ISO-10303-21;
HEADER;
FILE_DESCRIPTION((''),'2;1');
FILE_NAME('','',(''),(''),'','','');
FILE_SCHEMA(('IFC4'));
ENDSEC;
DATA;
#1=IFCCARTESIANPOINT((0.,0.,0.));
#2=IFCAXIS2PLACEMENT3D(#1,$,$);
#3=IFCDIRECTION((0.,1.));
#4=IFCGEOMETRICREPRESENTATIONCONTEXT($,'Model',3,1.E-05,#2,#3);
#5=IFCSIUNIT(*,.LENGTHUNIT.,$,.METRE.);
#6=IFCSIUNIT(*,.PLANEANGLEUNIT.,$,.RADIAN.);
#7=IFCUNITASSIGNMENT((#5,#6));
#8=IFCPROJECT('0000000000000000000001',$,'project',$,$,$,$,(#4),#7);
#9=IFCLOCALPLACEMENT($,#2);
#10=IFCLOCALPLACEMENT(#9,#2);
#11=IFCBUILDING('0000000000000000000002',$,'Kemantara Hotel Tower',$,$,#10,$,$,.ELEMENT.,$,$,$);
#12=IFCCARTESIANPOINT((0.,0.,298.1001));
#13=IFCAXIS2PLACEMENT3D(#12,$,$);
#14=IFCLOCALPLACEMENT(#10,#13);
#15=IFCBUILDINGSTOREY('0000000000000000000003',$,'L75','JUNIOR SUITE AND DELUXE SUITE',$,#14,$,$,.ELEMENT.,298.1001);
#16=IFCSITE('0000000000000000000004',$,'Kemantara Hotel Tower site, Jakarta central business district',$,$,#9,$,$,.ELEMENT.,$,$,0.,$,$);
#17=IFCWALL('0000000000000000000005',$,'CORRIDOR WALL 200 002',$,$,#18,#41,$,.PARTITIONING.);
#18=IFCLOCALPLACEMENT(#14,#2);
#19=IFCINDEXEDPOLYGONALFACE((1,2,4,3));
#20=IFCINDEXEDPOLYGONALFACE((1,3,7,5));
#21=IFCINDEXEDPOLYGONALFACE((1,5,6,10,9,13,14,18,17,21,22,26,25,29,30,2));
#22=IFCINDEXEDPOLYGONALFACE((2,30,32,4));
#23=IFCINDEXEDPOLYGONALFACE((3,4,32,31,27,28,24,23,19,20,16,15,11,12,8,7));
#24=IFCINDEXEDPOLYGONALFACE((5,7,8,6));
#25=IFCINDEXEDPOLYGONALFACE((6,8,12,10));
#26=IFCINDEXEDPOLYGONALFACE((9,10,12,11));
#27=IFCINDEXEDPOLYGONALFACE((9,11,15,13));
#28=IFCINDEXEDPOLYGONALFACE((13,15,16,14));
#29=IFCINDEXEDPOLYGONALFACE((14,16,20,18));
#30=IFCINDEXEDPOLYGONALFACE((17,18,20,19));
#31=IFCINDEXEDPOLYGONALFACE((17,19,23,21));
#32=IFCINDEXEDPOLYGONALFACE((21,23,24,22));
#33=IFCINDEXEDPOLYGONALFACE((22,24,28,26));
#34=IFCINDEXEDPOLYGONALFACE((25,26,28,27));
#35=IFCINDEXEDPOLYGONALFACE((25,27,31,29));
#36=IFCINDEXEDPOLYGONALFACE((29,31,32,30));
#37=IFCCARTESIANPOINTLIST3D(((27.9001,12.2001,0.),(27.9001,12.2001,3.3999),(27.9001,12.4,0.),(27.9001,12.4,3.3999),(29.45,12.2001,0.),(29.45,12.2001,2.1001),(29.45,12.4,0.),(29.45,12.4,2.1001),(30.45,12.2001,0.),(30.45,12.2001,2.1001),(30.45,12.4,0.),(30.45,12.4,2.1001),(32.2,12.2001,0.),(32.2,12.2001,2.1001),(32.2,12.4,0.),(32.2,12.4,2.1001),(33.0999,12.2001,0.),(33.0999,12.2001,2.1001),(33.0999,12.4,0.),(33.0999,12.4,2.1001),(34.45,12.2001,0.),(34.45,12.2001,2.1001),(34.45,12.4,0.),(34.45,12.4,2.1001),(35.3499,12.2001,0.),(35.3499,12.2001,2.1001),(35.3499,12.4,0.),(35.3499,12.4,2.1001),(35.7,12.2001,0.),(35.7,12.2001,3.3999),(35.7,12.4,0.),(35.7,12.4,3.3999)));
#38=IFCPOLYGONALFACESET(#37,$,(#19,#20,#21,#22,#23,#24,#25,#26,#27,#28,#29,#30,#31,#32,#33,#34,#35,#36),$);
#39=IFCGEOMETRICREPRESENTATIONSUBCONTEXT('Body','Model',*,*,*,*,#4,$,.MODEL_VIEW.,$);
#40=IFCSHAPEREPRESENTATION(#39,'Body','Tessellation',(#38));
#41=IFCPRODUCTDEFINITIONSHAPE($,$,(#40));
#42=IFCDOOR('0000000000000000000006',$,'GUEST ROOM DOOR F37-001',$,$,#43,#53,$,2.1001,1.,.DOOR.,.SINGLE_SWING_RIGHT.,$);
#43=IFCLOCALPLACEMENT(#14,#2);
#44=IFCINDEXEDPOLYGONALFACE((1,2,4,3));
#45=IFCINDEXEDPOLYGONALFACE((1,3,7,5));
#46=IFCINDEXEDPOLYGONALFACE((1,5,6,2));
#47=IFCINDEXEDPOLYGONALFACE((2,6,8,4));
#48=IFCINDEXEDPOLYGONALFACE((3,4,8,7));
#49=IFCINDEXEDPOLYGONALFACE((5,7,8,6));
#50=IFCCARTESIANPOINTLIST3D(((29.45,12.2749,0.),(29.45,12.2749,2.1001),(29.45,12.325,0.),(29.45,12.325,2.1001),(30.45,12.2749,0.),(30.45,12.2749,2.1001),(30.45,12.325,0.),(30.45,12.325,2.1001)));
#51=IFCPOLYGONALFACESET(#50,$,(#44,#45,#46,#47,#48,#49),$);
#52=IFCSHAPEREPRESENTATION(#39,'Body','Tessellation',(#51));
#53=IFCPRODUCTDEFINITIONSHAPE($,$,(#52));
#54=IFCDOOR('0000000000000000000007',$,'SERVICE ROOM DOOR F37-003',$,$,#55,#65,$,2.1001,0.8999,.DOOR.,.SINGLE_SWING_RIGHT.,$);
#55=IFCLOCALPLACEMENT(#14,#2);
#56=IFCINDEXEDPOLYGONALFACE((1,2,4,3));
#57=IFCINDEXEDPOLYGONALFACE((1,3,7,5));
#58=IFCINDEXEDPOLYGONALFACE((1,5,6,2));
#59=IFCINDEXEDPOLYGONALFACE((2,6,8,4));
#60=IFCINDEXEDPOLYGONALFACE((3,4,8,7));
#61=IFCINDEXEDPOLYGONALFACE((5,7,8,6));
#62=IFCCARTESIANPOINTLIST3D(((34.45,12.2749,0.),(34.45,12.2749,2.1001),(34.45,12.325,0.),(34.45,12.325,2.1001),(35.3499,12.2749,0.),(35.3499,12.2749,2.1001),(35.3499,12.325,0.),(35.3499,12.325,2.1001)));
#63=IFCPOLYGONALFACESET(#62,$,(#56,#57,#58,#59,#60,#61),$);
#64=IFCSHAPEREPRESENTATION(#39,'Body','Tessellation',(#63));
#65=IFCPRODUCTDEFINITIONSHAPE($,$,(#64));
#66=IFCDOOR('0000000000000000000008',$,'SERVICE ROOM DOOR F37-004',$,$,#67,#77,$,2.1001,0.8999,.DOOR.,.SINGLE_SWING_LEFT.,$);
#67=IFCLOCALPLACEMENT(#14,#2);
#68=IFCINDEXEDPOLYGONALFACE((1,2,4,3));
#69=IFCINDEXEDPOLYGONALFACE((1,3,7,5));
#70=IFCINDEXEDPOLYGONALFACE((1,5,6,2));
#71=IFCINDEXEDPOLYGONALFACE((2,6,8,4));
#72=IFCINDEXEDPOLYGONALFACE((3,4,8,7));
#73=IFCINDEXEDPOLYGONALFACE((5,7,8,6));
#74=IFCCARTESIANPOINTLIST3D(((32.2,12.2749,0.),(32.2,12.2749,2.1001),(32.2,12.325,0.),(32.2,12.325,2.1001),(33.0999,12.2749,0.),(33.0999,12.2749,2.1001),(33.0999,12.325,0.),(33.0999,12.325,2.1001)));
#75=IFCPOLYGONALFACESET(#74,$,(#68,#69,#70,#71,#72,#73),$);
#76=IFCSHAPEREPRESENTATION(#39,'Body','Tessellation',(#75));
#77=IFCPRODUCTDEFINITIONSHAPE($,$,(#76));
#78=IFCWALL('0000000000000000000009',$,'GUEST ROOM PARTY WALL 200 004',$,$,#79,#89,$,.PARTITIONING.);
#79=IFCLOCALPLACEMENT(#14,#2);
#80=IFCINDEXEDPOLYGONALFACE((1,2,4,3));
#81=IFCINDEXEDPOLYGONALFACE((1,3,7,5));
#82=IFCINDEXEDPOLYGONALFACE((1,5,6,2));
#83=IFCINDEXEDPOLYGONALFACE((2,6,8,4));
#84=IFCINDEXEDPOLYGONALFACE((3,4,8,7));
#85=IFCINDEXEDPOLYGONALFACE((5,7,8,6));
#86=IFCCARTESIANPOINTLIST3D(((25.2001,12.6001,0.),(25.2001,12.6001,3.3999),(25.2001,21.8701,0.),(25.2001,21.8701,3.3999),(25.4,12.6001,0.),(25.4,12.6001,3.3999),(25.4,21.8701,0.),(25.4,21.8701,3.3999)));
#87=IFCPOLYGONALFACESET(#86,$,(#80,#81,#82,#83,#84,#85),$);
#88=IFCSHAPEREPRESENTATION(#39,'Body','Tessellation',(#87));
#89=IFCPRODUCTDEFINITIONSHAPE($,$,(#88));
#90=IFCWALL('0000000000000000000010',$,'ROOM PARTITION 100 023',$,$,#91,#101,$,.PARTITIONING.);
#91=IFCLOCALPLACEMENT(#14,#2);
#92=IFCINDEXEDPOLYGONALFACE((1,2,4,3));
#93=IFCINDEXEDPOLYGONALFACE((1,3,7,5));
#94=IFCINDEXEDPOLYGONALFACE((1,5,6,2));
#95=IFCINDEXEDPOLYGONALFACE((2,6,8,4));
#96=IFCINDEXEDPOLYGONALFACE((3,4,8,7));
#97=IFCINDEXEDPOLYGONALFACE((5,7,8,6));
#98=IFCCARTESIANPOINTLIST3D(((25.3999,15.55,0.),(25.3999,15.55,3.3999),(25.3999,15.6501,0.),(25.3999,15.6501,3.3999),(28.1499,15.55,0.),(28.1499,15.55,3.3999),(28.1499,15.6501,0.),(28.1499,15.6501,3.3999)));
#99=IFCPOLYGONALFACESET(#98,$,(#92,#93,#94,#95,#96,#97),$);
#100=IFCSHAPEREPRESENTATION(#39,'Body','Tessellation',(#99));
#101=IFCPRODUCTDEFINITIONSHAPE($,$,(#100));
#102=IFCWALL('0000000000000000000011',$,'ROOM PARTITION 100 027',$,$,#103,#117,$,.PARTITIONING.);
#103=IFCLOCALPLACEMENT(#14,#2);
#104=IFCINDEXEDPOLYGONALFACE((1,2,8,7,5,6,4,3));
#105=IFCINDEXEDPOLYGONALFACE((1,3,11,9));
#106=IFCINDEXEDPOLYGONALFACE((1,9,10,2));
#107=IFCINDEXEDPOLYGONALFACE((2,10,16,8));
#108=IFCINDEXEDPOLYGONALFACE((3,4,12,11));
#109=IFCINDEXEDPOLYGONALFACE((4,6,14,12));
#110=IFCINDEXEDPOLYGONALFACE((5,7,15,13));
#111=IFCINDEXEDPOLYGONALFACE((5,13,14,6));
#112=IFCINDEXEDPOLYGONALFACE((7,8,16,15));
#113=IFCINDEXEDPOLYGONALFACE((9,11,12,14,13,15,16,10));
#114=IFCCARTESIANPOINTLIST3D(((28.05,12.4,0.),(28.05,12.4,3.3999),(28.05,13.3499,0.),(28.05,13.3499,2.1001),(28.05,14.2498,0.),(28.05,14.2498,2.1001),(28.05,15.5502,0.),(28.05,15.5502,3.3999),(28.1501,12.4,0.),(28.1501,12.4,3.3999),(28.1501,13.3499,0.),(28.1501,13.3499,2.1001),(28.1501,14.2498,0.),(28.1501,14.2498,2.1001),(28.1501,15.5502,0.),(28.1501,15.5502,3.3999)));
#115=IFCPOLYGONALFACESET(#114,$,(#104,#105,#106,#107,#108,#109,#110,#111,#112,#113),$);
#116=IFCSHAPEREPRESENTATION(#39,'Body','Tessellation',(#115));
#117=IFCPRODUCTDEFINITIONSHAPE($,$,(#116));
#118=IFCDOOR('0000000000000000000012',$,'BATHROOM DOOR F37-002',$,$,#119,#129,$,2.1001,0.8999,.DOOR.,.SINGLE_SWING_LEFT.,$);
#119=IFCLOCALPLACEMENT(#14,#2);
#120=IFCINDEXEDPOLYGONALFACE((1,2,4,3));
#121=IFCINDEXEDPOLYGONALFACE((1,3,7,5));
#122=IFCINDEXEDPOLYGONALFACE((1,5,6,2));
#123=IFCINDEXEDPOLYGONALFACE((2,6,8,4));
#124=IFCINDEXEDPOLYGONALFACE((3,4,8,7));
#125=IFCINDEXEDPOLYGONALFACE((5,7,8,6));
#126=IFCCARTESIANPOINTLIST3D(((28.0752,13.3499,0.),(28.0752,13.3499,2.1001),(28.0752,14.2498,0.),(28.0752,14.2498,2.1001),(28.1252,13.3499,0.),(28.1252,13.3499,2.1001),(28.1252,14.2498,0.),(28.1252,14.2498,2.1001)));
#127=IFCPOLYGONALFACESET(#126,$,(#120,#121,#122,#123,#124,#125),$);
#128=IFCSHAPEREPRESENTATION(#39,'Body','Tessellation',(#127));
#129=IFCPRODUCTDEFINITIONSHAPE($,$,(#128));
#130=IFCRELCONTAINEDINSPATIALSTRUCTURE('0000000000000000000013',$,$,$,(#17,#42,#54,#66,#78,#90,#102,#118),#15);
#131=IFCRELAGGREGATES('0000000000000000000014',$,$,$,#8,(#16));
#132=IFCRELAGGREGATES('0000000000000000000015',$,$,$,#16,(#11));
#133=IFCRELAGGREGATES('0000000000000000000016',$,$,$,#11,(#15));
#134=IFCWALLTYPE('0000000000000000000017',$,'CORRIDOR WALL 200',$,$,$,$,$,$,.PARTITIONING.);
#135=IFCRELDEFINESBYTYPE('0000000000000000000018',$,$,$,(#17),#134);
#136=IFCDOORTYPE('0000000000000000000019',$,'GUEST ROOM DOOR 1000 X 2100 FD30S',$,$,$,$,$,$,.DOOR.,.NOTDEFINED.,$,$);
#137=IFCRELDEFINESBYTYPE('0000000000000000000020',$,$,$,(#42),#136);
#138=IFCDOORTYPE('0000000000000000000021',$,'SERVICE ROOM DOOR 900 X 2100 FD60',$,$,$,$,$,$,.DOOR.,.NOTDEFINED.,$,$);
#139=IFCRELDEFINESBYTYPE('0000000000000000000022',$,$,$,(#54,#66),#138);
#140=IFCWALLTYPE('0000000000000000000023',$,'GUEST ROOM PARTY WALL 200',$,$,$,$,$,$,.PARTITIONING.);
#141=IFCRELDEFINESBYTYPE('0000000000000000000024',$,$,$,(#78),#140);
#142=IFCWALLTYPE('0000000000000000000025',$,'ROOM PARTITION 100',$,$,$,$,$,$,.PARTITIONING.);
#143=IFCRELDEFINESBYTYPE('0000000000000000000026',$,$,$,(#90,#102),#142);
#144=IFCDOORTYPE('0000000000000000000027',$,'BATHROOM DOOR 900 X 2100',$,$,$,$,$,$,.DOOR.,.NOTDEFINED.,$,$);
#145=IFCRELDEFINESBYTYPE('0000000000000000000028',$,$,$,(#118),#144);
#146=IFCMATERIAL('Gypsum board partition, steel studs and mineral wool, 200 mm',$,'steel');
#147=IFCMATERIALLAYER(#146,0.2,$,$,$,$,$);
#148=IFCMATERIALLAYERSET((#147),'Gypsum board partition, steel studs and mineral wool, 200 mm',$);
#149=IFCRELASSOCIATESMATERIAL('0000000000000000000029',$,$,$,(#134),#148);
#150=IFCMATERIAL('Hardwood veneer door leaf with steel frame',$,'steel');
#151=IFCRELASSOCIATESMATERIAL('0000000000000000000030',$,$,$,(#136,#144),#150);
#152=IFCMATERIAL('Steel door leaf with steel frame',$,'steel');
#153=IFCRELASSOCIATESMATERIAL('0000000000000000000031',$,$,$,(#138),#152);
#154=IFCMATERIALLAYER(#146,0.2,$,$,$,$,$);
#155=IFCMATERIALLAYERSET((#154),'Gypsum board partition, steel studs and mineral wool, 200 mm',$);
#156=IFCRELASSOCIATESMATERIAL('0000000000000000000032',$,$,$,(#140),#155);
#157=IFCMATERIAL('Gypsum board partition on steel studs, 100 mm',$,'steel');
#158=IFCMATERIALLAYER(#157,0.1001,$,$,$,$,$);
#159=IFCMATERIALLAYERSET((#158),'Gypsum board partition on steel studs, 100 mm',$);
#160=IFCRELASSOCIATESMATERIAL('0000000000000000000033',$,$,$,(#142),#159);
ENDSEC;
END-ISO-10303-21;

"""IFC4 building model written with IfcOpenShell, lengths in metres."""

from ifc_helpers import new_model, si_unit, direction, frame, frame_2d, origin, place, context, subcontext, project, spatial, rectangle, extrude, material, layer, layer_set, type_object, element, fill, save


model = new_model("IFC4")

# Units and contexts
model_context = context("Model", 3, precision=1e-05, world=origin(), true_north=direction((0.0, 1.0)))
body_context = subcontext(model_context, "Body", "Model", "MODEL_VIEW")
ifc_project = project(units=[si_unit("LENGTHUNIT", "METRE"), si_unit("PLANEANGLEUNIT", "RADIAN")], contexts=[model_context])

# Site, building, storey
site_placement = place(None, origin())
site = spatial("IfcSite", under=ifc_project, at=site_placement, Name="Kemantara Hotel Tower site, Jakarta central business district", CompositionType="ELEMENT", RefElevation=0.0)
building_placement = place(site_placement, origin())
building = spatial("IfcBuilding", under=site, at=building_placement, Name="Kemantara Hotel Tower", CompositionType="ELEMENT")
storey_placement = place(building_placement, frame((0.0, 0.0, 298.1001)))
storey = spatial("IfcBuildingStorey", under=building, at=storey_placement, Name="L75", Description="JUNIOR SUITE AND DELUXE SUITE", CompositionType="ELEMENT", Elevation=298.1001)

# Shared definitions
ifc_material_1 = material(Name="Gypsum board partition, steel studs and mineral wool, 200 mm", Category="steel")
ifc_layer_1 = layer(ifc_material_1, 0.2)
ifc_layer_set_1 = layer_set([ifc_layer_1], Name="Gypsum board partition, steel studs and mineral wool, 200 mm")
wall_type_1 = type_object("IfcWallType", Name="CORRIDOR WALL 200", PredefinedType="PARTITIONING", material=ifc_layer_set_1)

# Wall, openings, doors
wall_1_placement = place(storey_placement, frame((27.9001, 12.3, 0.0), z_axis=(0.0, 0.0, 1.0), x_axis=(1.0, 0.0, 0.0)))
wall_1 = element("IfcWall", 1, at=wall_1_placement, inside=storey, type_object=wall_type_1, Name="CORRIDOR WALL 200 002", PredefinedType="PARTITIONING", context=body_context, shape_type="SweptSolid", body=[
    extrude(rectangle(XDim=7.7998, YDim=0.2, at=frame_2d((3.8999, 0.0))), origin(), (0.0, 0.0, 1.0), 3.3999),
])
opening_1_placement = place(wall_1_placement, frame((1.5498, 0.0, 0.0)))
opening_1 = element("IfcOpeningElement", 2, at=opening_1_placement, cuts=wall_1, PredefinedType="OPENING", context=body_context, shape_type="SweptSolid", body=[
    extrude(rectangle(XDim=1.0, YDim=2.1001, at=frame_2d((0.5, 1.05))), frame((0.0, 0.1099, 0.0), z_axis=(0.0, -1.0, 0.0), x_axis=(1.0, 0.0, 0.0)), (0.0, 0.0, 1.0), 0.22),
])
opening_2_placement = place(wall_1_placement, frame((6.5498, 0.0, 0.0)))
opening_2 = element("IfcOpeningElement", 3, at=opening_2_placement, cuts=wall_1, PredefinedType="OPENING", context=body_context, shape_type="SweptSolid", body=[
    extrude(rectangle(XDim=0.8999, YDim=2.1001, at=frame_2d((0.45, 1.05))), frame((0.0, 0.1099, 0.0), z_axis=(0.0, -1.0, 0.0), x_axis=(1.0, 0.0, 0.0)), (0.0, 0.0, 1.0), 0.22),
])
opening_3_placement = place(wall_1_placement, frame((4.2998, 0.0, 0.0)))
opening_3 = element("IfcOpeningElement", 4, at=opening_3_placement, cuts=wall_1, PredefinedType="OPENING", context=body_context, shape_type="SweptSolid", body=[
    extrude(rectangle(XDim=0.8999, YDim=2.1001, at=frame_2d((0.45, 1.05))), frame((0.0, 0.1099, 0.0), z_axis=(0.0, -1.0, 0.0), x_axis=(1.0, 0.0, 0.0)), (0.0, 0.0, 1.0), 0.22),
])
ifc_material_2 = material(Name="Hardwood veneer door leaf with steel frame", Category="steel")
door_type_1 = type_object("IfcDoorType", Name="GUEST ROOM DOOR 1000 X 2100 FD30S", OperationType="NOTDEFINED", PredefinedType="DOOR", material=ifc_material_2)
door_1_placement = place(opening_1_placement, origin())
door_1 = element("IfcDoor", 5, at=door_1_placement, inside=storey, type_object=door_type_1, Name="GUEST ROOM DOOR F37-001", OperationType="SINGLE_SWING_RIGHT", OverallHeight=2.1001, OverallWidth=1.0, PredefinedType="DOOR", context=body_context, shape_type="SweptSolid", body=[
    extrude(rectangle(XDim=1.0, YDim=2.1001, at=frame_2d((0.5, 1.05))), frame((0.0, 0.0249, 0.0), z_axis=(0.0, -1.0, 0.0), x_axis=(1.0, 0.0, 0.0)), (0.0, 0.0, 1.0), 0.05),
])
fill(opening_1, door_1)
ifc_material_3 = material(Name="Steel door leaf with steel frame", Category="steel")
door_type_2 = type_object("IfcDoorType", Name="SERVICE ROOM DOOR 900 X 2100 FD60", OperationType="NOTDEFINED", PredefinedType="DOOR", material=ifc_material_3)
door_2_placement = place(opening_2_placement, origin())
door_2 = element("IfcDoor", 6, at=door_2_placement, inside=storey, type_object=door_type_2, Name="SERVICE ROOM DOOR F37-003", OperationType="SINGLE_SWING_RIGHT", OverallHeight=2.1001, OverallWidth=0.8999, PredefinedType="DOOR", context=body_context, shape_type="SweptSolid", body=[
    extrude(rectangle(XDim=0.8999, YDim=2.1001, at=frame_2d((0.45, 1.05))), frame((0.0, 0.0249, 0.0), z_axis=(0.0, -1.0, 0.0), x_axis=(1.0, 0.0, 0.0)), (0.0, 0.0, 1.0), 0.05),
])
fill(opening_2, door_2)
door_3_placement = place(opening_3_placement, origin())
door_3 = element("IfcDoor", 7, at=door_3_placement, inside=storey, type_object=door_type_2, Name="SERVICE ROOM DOOR F37-004", OperationType="SINGLE_SWING_LEFT", OverallHeight=2.1001, OverallWidth=0.8999, PredefinedType="DOOR", context=body_context, shape_type="SweptSolid", body=[
    extrude(rectangle(XDim=0.8999, YDim=2.1001, at=frame_2d((0.45, 1.05))), frame((0.0, 0.0249, 0.0), z_axis=(0.0, -1.0, 0.0), x_axis=(1.0, 0.0, 0.0)), (0.0, 0.0, 1.0), 0.05),
])
fill(opening_3, door_3)

# Walls
ifc_layer_2 = layer(ifc_material_1, 0.2)
ifc_layer_set_2 = layer_set([ifc_layer_2], Name="Gypsum board partition, steel studs and mineral wool, 200 mm")
wall_type_2 = type_object("IfcWallType", Name="GUEST ROOM PARTY WALL 200", PredefinedType="PARTITIONING", material=ifc_layer_set_2)
wall_2_placement = place(storey_placement, frame((25.3, 12.6001, 0.0), z_axis=(0.0, 0.0, 1.0), x_axis=(0.0, 1.0, 0.0)))
element("IfcWall", 8, at=wall_2_placement, inside=storey, type_object=wall_type_2, Name="GUEST ROOM PARTY WALL 200 004", PredefinedType="PARTITIONING", context=body_context, shape_type="SweptSolid", body=[
    extrude(rectangle(XDim=9.27, YDim=0.2, at=frame_2d((4.635, 0.0))), origin(), (0.0, 0.0, 1.0), 3.3999),
])
ifc_material_4 = material(Name="Gypsum board partition on steel studs, 100 mm", Category="steel")
ifc_layer_3 = layer(ifc_material_4, 0.1001)
ifc_layer_set_3 = layer_set([ifc_layer_3], Name="Gypsum board partition on steel studs, 100 mm")
wall_type_3 = type_object("IfcWallType", Name="ROOM PARTITION 100", PredefinedType="PARTITIONING", material=ifc_layer_set_3)
wall_3_placement = place(storey_placement, frame((25.3999, 15.6001, 0.0), z_axis=(0.0, 0.0, 1.0), x_axis=(1.0, 0.0, 0.0)))
element("IfcWall", 9, at=wall_3_placement, inside=storey, type_object=wall_type_3, Name="ROOM PARTITION 100 023", PredefinedType="PARTITIONING", context=body_context, shape_type="SweptSolid", body=[
    extrude(rectangle(XDim=2.75, YDim=0.1001, at=frame_2d((1.375, 0.0))), origin(), (0.0, 0.0, 1.0), 3.3999),
])

# Wall, opening, door
wall_4_placement = place(storey_placement, frame((28.1001, 12.3999, 0.0), z_axis=(0.0, 0.0, 1.0), x_axis=(0.0, 1.0, 0.0)))
wall_4 = element("IfcWall", 10, at=wall_4_placement, inside=storey, type_object=wall_type_3, Name="ROOM PARTITION 100 027", PredefinedType="PARTITIONING", context=body_context, shape_type="SweptSolid", body=[
    extrude(rectangle(XDim=3.1501, YDim=0.1001, at=frame_2d((1.5752, 0.0))), origin(), (0.0, 0.0, 1.0), 3.3999),
])
opening_4_placement = place(wall_4_placement, frame((0.95, 0.0, 0.0)))
opening_4 = element("IfcOpeningElement", 11, at=opening_4_placement, cuts=wall_4, PredefinedType="OPENING", context=body_context, shape_type="SweptSolid", body=[
    extrude(rectangle(XDim=0.8999, YDim=2.1001, at=frame_2d((0.45, 1.05))), frame((0.0, 0.0601, 0.0), z_axis=(0.0, -1.0, 0.0), x_axis=(1.0, 0.0, 0.0)), (0.0, 0.0, 1.0), 0.1201),
])
door_type_3 = type_object("IfcDoorType", Name="BATHROOM DOOR 900 X 2100", OperationType="NOTDEFINED", PredefinedType="DOOR", material=ifc_material_2)
door_4_placement = place(opening_4_placement, origin())
door_4 = element("IfcDoor", 12, at=door_4_placement, inside=storey, type_object=door_type_3, Name="BATHROOM DOOR F37-002", OperationType="SINGLE_SWING_LEFT", OverallHeight=2.1001, OverallWidth=0.8999, PredefinedType="DOOR", context=body_context, shape_type="SweptSolid", body=[
    extrude(rectangle(XDim=0.8999, YDim=2.1001, at=frame_2d((0.45, 1.05))), frame((0.0, 0.0249, 0.0), z_axis=(0.0, -1.0, 0.0), x_axis=(1.0, 0.0, 0.0)), (0.0, 0.0, 1.0), 0.05),
])
fill(opening_4, door_4)

save(model, "model.ifc")
